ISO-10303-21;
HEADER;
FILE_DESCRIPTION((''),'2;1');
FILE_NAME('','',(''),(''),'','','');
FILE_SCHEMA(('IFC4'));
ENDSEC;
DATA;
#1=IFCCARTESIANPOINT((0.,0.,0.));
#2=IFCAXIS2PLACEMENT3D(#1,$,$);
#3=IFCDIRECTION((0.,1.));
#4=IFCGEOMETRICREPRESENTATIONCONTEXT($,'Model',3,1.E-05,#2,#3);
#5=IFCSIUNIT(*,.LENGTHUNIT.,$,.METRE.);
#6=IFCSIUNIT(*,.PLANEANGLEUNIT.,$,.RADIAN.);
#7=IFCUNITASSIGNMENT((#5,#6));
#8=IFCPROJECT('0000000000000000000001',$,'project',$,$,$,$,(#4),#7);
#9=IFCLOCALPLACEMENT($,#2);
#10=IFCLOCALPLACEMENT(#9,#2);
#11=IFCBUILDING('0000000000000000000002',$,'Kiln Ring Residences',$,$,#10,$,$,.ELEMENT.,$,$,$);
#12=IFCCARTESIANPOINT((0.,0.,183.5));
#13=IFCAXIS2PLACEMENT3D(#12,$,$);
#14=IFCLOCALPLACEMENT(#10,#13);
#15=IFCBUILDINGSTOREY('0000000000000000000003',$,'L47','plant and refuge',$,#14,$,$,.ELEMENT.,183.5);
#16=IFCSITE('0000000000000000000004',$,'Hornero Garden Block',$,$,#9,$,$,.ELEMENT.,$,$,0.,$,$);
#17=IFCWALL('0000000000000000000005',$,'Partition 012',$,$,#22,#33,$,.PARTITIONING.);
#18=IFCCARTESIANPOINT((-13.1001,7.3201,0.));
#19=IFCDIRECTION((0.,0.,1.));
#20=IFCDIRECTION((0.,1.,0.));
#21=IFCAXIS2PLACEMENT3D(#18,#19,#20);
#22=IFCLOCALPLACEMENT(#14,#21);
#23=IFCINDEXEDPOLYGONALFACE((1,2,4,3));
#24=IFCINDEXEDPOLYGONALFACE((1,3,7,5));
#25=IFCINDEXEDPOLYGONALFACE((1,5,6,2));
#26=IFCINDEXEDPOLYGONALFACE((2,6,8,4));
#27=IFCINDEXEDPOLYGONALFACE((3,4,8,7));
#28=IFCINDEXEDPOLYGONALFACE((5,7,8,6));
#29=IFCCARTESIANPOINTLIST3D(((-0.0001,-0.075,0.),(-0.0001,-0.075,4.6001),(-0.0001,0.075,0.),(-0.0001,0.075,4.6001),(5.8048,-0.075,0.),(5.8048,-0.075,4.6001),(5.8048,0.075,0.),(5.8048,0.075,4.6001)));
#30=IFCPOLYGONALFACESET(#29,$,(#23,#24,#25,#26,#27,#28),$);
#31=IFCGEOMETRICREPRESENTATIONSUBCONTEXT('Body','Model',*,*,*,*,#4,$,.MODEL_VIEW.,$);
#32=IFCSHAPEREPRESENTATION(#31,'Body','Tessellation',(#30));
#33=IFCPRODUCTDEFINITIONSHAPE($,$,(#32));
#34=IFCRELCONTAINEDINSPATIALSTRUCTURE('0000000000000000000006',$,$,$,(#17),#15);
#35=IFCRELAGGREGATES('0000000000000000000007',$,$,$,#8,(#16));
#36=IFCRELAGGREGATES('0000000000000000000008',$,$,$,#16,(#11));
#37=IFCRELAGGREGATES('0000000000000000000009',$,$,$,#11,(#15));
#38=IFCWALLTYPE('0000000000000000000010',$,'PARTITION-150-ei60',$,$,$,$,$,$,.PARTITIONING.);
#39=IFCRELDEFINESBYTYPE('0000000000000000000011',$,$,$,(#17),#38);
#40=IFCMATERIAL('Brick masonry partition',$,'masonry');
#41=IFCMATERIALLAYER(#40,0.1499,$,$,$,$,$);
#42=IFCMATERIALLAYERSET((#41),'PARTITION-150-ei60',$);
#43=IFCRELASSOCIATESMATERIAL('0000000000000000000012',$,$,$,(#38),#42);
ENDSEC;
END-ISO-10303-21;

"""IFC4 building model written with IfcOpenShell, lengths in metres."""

from ifc_helpers import new_model, si_unit, direction, frame, frame_2d, origin, place, context, subcontext, project, spatial, rectangle, extrude, material, layer, layer_set, type_object, element, save


model = new_model("IFC4")

# Units and contexts
model_context = context("Model", 3, precision=1e-05, world=origin(), true_north=direction((0.0, 1.0)))
body_context = subcontext(model_context, "Body", "Model", "MODEL_VIEW")
ifc_project = project(units=[si_unit("LENGTHUNIT", "METRE"), si_unit("PLANEANGLEUNIT", "RADIAN")], contexts=[model_context])

# Site, building, storey
site_placement = place(None, origin())
site = spatial("IfcSite", under=ifc_project, at=site_placement, Name="Hornero Garden Block", CompositionType="ELEMENT", RefElevation=0.0)
building_placement = place(site_placement, origin())
building = spatial("IfcBuilding", under=site, at=building_placement, Name="Kiln Ring Residences", CompositionType="ELEMENT")
storey_placement = place(building_placement, frame((0.0, 0.0, 183.5)))
storey = spatial("IfcBuildingStorey", under=building, at=storey_placement, Name="L47", Description="plant and refuge", CompositionType="ELEMENT", Elevation=183.5)

# Wall
ifc_material_1 = material(Name="Brick masonry partition", Category="masonry")
ifc_layer_1 = layer(ifc_material_1, 0.1499)
ifc_layer_set_1 = layer_set([ifc_layer_1], Name="PARTITION-150-ei60")
wall_type_1 = type_object("IfcWallType", Name="PARTITION-150-ei60", PredefinedType="PARTITIONING", material=ifc_layer_set_1)
wall_1_placement = place(storey_placement, frame((-13.1001, 7.3201, 0.0), z_axis=(0.0, 0.0, 1.0), x_axis=(0.0, 1.0, 0.0)))
element("IfcWall", 1, at=wall_1_placement, inside=storey, type_object=wall_type_1, Name="Partition 012", PredefinedType="PARTITIONING", context=body_context, shape_type="SweptSolid", body=[
    extrude(rectangle(XDim=5.8049, YDim=0.1499, at=frame_2d((2.9023, 0.0))), origin(), (0.0, 0.0, 1.0), 4.6001),
])

save(model, "model.ifc")
